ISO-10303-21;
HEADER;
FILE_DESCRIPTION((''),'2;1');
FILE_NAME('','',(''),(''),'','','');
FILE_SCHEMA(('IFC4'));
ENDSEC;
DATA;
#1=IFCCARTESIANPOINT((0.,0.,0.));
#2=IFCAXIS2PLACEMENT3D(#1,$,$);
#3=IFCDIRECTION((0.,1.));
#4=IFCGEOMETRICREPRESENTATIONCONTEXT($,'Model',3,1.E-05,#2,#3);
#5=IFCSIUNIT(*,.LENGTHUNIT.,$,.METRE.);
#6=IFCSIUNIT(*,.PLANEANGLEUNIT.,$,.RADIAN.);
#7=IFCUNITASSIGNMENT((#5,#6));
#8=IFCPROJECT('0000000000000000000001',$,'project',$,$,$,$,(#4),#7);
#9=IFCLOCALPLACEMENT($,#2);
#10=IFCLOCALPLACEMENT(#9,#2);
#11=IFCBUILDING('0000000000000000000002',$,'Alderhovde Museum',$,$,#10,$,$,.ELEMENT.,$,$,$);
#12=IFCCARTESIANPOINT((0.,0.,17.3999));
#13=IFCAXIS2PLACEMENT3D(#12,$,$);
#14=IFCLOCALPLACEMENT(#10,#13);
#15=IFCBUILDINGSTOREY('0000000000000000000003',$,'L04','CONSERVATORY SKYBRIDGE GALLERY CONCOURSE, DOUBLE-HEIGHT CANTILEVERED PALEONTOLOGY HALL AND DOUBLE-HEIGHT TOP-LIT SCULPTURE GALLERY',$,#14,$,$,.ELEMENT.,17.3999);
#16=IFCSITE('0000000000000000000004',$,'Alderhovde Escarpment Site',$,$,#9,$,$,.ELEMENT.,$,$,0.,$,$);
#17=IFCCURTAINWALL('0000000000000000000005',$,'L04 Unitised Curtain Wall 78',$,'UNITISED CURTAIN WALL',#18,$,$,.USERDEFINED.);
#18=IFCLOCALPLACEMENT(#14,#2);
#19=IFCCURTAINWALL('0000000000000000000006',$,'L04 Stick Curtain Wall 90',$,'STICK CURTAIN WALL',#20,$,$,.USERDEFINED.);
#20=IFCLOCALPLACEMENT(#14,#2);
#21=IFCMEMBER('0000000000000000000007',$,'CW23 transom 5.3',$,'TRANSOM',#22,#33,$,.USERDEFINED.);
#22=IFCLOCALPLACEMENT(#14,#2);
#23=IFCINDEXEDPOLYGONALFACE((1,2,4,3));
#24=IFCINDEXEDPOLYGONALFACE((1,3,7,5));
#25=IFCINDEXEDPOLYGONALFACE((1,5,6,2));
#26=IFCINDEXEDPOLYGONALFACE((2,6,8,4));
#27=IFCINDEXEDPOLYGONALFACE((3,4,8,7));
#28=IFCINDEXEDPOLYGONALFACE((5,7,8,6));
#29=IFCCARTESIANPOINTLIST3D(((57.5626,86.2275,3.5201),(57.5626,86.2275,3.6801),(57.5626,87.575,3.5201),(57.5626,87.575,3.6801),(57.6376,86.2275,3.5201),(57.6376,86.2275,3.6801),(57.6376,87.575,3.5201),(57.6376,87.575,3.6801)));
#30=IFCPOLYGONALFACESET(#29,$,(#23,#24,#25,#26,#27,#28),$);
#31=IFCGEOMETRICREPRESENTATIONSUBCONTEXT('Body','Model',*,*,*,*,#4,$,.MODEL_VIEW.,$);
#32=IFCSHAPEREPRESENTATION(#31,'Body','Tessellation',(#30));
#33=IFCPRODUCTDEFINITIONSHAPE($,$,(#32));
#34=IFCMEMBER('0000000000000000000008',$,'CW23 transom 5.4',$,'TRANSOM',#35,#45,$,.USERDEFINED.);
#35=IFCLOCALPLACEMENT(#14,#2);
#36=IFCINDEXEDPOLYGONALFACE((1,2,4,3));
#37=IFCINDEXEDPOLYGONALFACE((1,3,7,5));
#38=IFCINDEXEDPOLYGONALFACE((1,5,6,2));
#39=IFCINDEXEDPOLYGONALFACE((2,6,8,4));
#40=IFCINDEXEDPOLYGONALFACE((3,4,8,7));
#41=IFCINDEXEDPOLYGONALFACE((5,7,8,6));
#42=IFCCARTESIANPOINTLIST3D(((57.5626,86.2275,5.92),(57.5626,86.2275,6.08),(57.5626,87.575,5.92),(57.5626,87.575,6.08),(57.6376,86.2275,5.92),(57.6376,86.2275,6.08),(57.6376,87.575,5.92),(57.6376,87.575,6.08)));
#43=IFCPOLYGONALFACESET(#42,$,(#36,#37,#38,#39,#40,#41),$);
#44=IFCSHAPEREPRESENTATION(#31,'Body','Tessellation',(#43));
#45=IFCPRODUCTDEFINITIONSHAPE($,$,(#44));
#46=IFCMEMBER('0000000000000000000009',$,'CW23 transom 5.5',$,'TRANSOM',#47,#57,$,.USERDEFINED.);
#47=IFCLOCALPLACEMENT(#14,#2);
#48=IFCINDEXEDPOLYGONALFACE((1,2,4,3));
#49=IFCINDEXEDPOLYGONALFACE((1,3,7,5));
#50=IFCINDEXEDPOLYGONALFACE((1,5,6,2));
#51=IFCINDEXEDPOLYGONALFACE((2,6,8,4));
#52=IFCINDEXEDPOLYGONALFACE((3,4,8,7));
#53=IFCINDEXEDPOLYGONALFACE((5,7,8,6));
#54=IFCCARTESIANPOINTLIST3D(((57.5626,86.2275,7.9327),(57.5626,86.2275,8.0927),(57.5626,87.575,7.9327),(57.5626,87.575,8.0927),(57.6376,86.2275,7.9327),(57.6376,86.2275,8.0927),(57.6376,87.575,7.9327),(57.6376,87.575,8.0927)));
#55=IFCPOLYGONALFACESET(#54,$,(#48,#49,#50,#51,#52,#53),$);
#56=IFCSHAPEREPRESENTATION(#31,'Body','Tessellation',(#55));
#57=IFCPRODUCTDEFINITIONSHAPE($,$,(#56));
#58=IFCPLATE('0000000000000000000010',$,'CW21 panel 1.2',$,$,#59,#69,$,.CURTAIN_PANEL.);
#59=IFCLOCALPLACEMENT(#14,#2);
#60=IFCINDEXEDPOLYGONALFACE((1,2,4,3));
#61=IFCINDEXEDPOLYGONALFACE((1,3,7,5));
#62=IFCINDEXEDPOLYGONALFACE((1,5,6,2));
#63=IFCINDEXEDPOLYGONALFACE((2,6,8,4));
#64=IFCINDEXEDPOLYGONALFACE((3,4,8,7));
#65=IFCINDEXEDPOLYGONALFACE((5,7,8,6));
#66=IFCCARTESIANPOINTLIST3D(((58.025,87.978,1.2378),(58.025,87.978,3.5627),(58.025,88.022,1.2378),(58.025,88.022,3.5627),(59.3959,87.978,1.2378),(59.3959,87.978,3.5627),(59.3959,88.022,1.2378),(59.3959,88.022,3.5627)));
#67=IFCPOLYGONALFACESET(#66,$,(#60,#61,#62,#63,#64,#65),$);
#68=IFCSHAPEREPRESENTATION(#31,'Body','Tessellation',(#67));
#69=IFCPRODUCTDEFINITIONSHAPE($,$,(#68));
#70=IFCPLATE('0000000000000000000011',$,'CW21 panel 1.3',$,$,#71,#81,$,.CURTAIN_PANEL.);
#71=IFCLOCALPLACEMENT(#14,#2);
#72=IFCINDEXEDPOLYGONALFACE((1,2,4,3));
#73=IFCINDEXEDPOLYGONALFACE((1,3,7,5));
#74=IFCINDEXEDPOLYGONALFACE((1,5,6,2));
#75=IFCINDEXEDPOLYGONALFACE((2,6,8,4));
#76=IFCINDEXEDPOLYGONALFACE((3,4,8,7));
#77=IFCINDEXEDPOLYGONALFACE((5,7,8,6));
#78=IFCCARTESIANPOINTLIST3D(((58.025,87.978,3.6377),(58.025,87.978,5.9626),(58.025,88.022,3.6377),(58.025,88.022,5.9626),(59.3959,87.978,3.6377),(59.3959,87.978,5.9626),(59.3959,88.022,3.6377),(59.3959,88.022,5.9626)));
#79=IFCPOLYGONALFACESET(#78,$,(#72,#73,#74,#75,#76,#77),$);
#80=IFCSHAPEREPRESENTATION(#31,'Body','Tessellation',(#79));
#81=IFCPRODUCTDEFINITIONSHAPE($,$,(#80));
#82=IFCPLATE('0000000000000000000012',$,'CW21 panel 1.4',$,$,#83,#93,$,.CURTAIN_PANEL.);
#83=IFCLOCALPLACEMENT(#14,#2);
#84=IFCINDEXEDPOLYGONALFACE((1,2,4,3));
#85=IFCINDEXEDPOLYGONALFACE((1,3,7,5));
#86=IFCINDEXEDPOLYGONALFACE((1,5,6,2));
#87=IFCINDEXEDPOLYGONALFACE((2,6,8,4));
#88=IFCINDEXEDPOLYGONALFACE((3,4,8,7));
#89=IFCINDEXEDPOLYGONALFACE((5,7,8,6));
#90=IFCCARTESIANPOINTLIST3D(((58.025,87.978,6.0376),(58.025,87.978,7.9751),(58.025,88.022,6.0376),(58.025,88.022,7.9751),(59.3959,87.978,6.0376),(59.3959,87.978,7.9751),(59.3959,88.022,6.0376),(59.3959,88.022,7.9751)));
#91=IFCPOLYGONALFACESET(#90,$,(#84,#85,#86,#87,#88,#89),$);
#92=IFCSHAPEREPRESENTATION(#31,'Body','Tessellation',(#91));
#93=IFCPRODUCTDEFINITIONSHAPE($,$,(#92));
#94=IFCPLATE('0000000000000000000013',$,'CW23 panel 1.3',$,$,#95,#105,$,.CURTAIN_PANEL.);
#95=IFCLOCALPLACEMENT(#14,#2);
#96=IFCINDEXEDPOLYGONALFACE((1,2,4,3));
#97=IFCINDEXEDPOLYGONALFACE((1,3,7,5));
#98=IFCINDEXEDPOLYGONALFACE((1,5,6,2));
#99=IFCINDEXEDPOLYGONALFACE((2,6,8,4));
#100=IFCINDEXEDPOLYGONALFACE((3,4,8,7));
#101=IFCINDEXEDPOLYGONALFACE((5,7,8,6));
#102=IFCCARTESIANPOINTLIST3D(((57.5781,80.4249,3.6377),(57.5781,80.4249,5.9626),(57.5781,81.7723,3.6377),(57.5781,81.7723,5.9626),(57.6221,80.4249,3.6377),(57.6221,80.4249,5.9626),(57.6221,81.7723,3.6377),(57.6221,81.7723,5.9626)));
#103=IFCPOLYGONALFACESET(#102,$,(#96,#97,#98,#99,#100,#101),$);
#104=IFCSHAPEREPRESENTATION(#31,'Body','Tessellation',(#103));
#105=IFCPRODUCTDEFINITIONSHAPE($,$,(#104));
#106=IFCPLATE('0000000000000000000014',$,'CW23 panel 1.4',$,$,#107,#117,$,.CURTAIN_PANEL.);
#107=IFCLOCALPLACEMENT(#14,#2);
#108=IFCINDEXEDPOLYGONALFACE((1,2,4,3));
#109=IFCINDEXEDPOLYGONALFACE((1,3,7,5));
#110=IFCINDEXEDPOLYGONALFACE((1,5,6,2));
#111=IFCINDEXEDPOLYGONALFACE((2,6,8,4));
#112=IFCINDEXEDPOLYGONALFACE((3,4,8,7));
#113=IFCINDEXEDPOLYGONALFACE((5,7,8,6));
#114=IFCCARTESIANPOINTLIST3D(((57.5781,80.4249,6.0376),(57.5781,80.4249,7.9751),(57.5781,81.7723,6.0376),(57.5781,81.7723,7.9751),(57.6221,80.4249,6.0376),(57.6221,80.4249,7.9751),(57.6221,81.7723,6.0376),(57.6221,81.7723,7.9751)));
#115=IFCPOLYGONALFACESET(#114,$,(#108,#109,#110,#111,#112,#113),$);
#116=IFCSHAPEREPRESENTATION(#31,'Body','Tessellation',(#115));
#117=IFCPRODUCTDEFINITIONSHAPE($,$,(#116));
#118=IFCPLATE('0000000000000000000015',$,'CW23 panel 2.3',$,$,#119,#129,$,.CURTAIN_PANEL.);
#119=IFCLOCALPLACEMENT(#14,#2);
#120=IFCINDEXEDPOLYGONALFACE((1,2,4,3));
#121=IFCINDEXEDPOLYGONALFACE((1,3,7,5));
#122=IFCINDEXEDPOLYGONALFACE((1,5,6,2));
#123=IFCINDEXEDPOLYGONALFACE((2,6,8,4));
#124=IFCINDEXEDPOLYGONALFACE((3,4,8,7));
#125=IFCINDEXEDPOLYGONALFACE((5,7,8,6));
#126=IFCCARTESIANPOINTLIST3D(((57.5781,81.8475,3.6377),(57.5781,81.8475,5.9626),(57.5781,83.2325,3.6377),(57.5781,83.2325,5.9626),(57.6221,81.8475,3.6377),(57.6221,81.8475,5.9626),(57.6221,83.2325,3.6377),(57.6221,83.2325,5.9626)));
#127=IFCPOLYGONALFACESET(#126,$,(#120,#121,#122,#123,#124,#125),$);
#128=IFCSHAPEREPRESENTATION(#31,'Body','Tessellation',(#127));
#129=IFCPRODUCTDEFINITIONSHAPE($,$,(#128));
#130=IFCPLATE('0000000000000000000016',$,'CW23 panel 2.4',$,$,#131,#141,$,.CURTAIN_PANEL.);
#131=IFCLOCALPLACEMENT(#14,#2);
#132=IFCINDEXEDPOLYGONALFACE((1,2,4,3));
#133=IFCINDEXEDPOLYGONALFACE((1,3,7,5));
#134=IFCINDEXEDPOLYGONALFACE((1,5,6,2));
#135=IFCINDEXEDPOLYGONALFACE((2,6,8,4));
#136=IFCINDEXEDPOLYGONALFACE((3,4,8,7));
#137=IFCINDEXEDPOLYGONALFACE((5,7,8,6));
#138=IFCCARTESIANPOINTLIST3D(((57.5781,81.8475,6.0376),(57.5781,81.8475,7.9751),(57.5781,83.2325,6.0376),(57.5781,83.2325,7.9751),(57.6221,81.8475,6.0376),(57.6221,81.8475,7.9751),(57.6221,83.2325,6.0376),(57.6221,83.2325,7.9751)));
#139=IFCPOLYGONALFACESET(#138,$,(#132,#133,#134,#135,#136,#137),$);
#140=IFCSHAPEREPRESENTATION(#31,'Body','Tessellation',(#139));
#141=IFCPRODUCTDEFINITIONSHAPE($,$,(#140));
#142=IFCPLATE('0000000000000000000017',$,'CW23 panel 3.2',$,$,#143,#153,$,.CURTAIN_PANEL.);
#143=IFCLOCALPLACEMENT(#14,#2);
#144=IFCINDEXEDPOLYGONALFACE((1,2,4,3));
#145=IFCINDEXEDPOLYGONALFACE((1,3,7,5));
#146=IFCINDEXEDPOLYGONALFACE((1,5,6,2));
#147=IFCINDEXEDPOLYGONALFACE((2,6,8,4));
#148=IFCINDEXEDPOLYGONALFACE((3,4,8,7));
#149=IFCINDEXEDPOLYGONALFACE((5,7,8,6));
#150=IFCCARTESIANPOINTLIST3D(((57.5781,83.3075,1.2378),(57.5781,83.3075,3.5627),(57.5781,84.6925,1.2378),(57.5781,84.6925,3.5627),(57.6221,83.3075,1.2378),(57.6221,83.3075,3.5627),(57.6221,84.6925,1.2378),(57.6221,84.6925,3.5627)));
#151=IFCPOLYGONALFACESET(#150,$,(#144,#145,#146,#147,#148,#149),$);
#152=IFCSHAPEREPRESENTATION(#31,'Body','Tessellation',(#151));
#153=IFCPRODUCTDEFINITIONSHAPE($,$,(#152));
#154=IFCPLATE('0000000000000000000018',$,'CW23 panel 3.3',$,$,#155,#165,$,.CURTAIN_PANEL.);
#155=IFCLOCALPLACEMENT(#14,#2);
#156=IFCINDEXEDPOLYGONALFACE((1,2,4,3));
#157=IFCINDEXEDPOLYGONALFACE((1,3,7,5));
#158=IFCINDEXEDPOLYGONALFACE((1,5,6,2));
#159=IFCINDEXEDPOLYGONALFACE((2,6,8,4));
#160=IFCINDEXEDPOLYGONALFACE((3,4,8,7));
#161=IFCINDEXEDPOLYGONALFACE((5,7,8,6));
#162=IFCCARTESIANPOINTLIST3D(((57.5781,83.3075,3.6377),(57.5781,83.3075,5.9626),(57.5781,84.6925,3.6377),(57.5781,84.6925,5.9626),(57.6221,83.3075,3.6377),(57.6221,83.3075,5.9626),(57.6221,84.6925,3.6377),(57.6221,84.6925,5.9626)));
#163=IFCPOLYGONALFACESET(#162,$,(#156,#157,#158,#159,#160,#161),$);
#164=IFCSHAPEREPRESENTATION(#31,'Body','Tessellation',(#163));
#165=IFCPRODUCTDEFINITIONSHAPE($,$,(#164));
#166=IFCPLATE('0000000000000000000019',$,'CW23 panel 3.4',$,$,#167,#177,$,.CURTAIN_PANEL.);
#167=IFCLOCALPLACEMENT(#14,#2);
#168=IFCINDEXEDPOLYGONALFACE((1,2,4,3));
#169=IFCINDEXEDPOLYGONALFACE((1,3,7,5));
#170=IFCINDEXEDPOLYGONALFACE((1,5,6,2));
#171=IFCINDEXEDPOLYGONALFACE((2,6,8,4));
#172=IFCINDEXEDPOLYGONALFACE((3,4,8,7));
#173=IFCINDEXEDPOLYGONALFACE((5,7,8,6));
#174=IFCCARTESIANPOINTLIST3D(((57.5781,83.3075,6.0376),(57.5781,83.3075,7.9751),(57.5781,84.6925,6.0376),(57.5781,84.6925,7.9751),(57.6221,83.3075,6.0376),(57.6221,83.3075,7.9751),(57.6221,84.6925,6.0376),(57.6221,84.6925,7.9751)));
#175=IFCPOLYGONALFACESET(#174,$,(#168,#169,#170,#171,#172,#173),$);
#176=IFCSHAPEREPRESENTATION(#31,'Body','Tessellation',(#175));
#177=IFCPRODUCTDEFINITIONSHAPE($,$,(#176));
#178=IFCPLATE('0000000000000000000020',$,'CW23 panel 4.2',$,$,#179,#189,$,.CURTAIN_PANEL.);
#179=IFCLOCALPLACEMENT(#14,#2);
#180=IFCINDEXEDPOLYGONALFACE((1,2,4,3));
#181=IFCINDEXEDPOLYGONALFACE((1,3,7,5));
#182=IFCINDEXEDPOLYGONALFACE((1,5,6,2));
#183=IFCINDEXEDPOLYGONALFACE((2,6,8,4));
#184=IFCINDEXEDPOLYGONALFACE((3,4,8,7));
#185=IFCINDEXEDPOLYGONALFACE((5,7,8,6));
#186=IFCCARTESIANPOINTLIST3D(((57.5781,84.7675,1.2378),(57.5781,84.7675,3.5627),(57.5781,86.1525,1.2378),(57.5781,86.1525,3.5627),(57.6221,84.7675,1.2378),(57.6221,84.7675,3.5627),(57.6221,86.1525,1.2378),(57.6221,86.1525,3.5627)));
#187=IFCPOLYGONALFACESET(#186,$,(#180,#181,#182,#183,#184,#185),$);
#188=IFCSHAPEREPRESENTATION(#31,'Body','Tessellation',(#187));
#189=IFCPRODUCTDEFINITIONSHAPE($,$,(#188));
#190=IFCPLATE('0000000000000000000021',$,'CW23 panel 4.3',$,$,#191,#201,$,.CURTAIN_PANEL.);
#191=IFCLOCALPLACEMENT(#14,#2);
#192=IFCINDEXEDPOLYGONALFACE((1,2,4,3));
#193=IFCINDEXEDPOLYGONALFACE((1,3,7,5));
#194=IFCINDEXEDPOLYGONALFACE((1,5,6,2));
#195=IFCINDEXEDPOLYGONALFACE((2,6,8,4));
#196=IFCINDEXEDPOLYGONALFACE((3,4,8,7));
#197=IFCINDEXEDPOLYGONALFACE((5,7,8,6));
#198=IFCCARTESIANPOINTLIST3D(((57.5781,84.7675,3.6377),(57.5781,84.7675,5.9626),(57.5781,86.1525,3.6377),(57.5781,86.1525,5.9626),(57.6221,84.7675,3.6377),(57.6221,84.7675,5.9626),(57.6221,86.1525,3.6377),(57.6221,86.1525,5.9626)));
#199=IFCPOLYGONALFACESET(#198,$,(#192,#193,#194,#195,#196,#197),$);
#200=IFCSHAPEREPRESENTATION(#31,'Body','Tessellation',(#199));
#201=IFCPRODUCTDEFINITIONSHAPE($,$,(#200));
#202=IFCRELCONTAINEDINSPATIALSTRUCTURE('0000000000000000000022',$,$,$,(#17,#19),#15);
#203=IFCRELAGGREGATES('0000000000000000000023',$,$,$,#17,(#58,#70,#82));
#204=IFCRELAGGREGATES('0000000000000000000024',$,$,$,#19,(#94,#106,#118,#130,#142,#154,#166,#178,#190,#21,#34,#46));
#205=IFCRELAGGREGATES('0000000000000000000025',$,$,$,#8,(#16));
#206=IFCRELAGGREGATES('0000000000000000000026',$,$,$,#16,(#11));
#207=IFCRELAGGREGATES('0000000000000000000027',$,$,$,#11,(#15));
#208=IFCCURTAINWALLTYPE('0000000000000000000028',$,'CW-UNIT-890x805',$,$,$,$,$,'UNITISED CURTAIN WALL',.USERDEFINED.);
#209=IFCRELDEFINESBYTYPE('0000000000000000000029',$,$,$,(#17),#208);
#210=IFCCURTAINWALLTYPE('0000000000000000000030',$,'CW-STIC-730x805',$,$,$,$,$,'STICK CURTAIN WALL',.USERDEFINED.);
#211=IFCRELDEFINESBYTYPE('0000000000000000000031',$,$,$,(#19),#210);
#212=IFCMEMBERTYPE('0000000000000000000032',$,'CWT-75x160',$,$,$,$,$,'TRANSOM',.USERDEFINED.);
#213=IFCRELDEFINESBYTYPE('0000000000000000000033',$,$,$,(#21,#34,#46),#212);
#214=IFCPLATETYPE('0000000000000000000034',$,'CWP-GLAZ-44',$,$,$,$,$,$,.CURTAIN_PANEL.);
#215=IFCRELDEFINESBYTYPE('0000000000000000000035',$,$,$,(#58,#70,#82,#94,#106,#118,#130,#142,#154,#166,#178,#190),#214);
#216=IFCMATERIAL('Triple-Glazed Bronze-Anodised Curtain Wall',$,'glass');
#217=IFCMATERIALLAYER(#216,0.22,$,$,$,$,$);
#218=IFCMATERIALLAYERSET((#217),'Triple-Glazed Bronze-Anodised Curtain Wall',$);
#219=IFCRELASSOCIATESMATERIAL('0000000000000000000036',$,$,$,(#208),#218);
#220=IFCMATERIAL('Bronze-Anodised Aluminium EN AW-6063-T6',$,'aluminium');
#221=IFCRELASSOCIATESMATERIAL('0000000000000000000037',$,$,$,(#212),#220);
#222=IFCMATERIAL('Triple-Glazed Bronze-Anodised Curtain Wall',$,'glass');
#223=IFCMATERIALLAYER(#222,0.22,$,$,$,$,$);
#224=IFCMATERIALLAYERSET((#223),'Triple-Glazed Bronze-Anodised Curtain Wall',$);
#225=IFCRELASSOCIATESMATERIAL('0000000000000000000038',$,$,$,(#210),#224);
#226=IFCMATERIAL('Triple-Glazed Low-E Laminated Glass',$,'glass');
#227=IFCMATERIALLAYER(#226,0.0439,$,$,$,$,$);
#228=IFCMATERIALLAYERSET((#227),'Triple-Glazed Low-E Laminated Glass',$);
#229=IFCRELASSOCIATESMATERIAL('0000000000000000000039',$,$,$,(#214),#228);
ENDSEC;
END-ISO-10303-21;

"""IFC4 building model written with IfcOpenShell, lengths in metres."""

from ifc_helpers import new_model, si_unit, direction, frame, origin, origin_2d, place, context, subcontext, project, spatial, rectangle, extrude, material, layer, layer_set, material_profile, profile_set, type_object, element, aggregate, save


model = new_model("IFC4")

# Units and contexts
model_context = context("Model", 3, precision=1e-05, world=origin(), true_north=direction((0.0, 1.0)))
body_context = subcontext(model_context, "Body", "Model", "MODEL_VIEW")
ifc_project = project(units=[si_unit("LENGTHUNIT", "METRE"), si_unit("PLANEANGLEUNIT", "RADIAN")], contexts=[model_context])

# Site, building, storey
site_placement = place(None, origin())
site = spatial("IfcSite", under=ifc_project, at=site_placement, Name="Alderhovde Escarpment Site", CompositionType="ELEMENT", RefElevation=0.0)
building_placement = place(site_placement, origin())
building = spatial("IfcBuilding", under=site, at=building_placement, Name="Alderhovde Museum", CompositionType="ELEMENT")
storey_placement = place(building_placement, frame((0.0, 0.0, 17.3999)))
storey = spatial("IfcBuildingStorey", under=building, at=storey_placement, Name="L04", Description="CONSERVATORY SKYBRIDGE GALLERY CONCOURSE, DOUBLE-HEIGHT CANTILEVERED PALEONTOLOGY HALL AND DOUBLE-HEIGHT TOP-LIT SCULPTURE GALLERY", CompositionType="ELEMENT", Elevation=17.3999)

# Curtain walls, members
ifc_material_1 = material(Name="Triple-Glazed Bronze-Anodised Curtain Wall", Category="glass")
ifc_layer_1 = layer(ifc_material_1, 0.22)
ifc_layer_set_1 = layer_set([ifc_layer_1], Name="Triple-Glazed Bronze-Anodised Curtain Wall")
curtain_wall_type_1 = type_object("IfcCurtainWallType", Name="CW-UNIT-890x805", ElementType="UNITISED CURTAIN WALL", PredefinedType="USERDEFINED", material=ifc_layer_set_1)
curtain_wall_1_placement = place(storey_placement, origin())
curtain_wall_1 = element("IfcCurtainWall", 1, at=curtain_wall_1_placement, inside=storey, type_object=curtain_wall_type_1, Name="L04 Unitised Curtain Wall 78", ObjectType="UNITISED CURTAIN WALL", PredefinedType="USERDEFINED")
ifc_material_2 = material(Name="Bronze-Anodised Aluminium EN AW-6063-T6", Category="aluminium")
ifc_material_profile = material_profile(ifc_material_2, rectangle(XDim=0.075, YDim=0.1599, at=origin_2d()), Name="TRANSOM 75x160")
ifc_profile_set = profile_set([ifc_material_profile], Name="Bronze-Anodised Aluminium EN AW-6063-T6")
member_type = type_object("IfcMemberType", Name="CWT-75x160", ElementType="TRANSOM", PredefinedType="USERDEFINED", material=ifc_profile_set)
ifc_material_3 = material(Name="Triple-Glazed Bronze-Anodised Curtain Wall", Category="glass")
ifc_layer_2 = layer(ifc_material_3, 0.22)
ifc_layer_set_2 = layer_set([ifc_layer_2], Name="Triple-Glazed Bronze-Anodised Curtain Wall")
curtain_wall_type_2 = type_object("IfcCurtainWallType", Name="CW-STIC-730x805", ElementType="STICK CURTAIN WALL", PredefinedType="USERDEFINED", material=ifc_layer_set_2)
curtain_wall_2_placement = place(storey_placement, origin())
curtain_wall_2 = element("IfcCurtainWall", 2, at=curtain_wall_2_placement, inside=storey, type_object=curtain_wall_type_2, Name="L04 Stick Curtain Wall 90", ObjectType="STICK CURTAIN WALL", PredefinedType="USERDEFINED")
member_1_placement = place(storey_placement, frame((57.6001, 86.2275, 3.6001), z_axis=(0.0, 1.0, 0.0), x_axis=(-1.0, 0.0, 0.0)))
member_1 = element("IfcMember", 3, at=member_1_placement, type_object=member_type, Name="CW23 transom 5.3", ObjectType="TRANSOM", PredefinedType="USERDEFINED", context=body_context, shape_type="SweptSolid", body=[
    extrude(rectangle(XDim=0.075, YDim=0.1599, at=origin_2d()), origin(), (0.0, 0.0, 1.0), 1.3474),
])
member_2_placement = place(storey_placement, frame((57.6001, 86.2275, 6.0), z_axis=(0.0, 1.0, 0.0), x_axis=(-1.0, 0.0, 0.0)))
member_2 = element("IfcMember", 4, at=member_2_placement, type_object=member_type, Name="CW23 transom 5.4", ObjectType="TRANSOM", PredefinedType="USERDEFINED", context=body_context, shape_type="SweptSolid", body=[
    extrude(rectangle(XDim=0.075, YDim=0.1599, at=origin_2d()), origin(), (0.0, 0.0, 1.0), 1.3474),
])
member_3_placement = place(storey_placement, frame((57.6001, 86.2275, 8.0127), z_axis=(0.0, 1.0, 0.0), x_axis=(-1.0, 0.0, 0.0)))
member_3 = element("IfcMember", 5, at=member_3_placement, type_object=member_type, Name="CW23 transom 5.5", ObjectType="TRANSOM", PredefinedType="USERDEFINED", context=body_context, shape_type="SweptSolid", body=[
    extrude(rectangle(XDim=0.075, YDim=0.1599, at=origin_2d()), origin(), (0.0, 0.0, 1.0), 1.3474),
])

# Plates
ifc_material_4 = material(Name="Triple-Glazed Low-E Laminated Glass", Category="glass")
ifc_layer_3 = layer(ifc_material_4, 0.0439)
ifc_layer_set_3 = layer_set([ifc_layer_3], Name="Triple-Glazed Low-E Laminated Glass")
plate_type = type_object("IfcPlateType", Name="CWP-GLAZ-44", PredefinedType="CURTAIN_PANEL", material=ifc_layer_set_3)
plate_1_placement = place(storey_placement, frame((58.7104, 88.0, 1.2378), z_axis=(0.0, 0.0, 1.0), x_axis=(1.0, 0.0, 0.0)))
plate_1 = element("IfcPlate", 6, at=plate_1_placement, type_object=plate_type, Name="CW21 panel 1.2", PredefinedType="CURTAIN_PANEL", context=body_context, shape_type="SweptSolid", body=[
    extrude(rectangle(XDim=1.3708, YDim=0.0439, at=origin_2d()), origin(), (0.0, 0.0, 1.0), 2.325),
])
plate_2_placement = place(storey_placement, frame((58.7104, 88.0, 3.6377), z_axis=(0.0, 0.0, 1.0), x_axis=(1.0, 0.0, 0.0)))
plate_2 = element("IfcPlate", 7, at=plate_2_placement, type_object=plate_type, Name="CW21 panel 1.3", PredefinedType="CURTAIN_PANEL", context=body_context, shape_type="SweptSolid", body=[
    extrude(rectangle(XDim=1.3708, YDim=0.0439, at=origin_2d()), origin(), (0.0, 0.0, 1.0), 2.325),
])
plate_3_placement = place(storey_placement, frame((58.7104, 88.0, 6.0376), z_axis=(0.0, 0.0, 1.0), x_axis=(1.0, 0.0, 0.0)))
plate_3 = element("IfcPlate", 8, at=plate_3_placement, type_object=plate_type, Name="CW21 panel 1.4", PredefinedType="CURTAIN_PANEL", context=body_context, shape_type="SweptSolid", body=[
    extrude(rectangle(XDim=1.3708, YDim=0.0439, at=origin_2d()), origin(), (0.0, 0.0, 1.0), 1.9375),
])
aggregate(curtain_wall_1, [plate_1, plate_2, plate_3])
plate_4_placement = place(storey_placement, frame((57.6001, 81.0986, 3.6377), z_axis=(0.0, 0.0, 1.0), x_axis=(0.0, 1.0, 0.0)))
plate_4 = element("IfcPlate", 9, at=plate_4_placement, type_object=plate_type, Name="CW23 panel 1.3", PredefinedType="CURTAIN_PANEL", context=body_context, shape_type="SweptSolid", body=[
    extrude(rectangle(XDim=1.3474, YDim=0.0439, at=origin_2d()), origin(), (0.0, 0.0, 1.0), 2.325),
])
plate_5_placement = place(storey_placement, frame((57.6001, 81.0986, 6.0376), z_axis=(0.0, 0.0, 1.0), x_axis=(0.0, 1.0, 0.0)))
plate_5 = element("IfcPlate", 10, at=plate_5_placement, type_object=plate_type, Name="CW23 panel 1.4", PredefinedType="CURTAIN_PANEL", context=body_context, shape_type="SweptSolid", body=[
    extrude(rectangle(XDim=1.3474, YDim=0.0439, at=origin_2d()), origin(), (0.0, 0.0, 1.0), 1.9375),
])
plate_6_placement = place(storey_placement, frame((57.6001, 82.54, 3.6377), z_axis=(0.0, 0.0, 1.0), x_axis=(0.0, 1.0, 0.0)))
plate_6 = element("IfcPlate", 11, at=plate_6_placement, type_object=plate_type, Name="CW23 panel 2.3", PredefinedType="CURTAIN_PANEL", context=body_context, shape_type="SweptSolid", body=[
    extrude(rectangle(XDim=1.385, YDim=0.0439, at=origin_2d()), origin(), (0.0, 0.0, 1.0), 2.325),
])
plate_7_placement = place(storey_placement, frame((57.6001, 82.54, 6.0376), z_axis=(0.0, 0.0, 1.0), x_axis=(0.0, 1.0, 0.0)))
plate_7 = element("IfcPlate", 12, at=plate_7_placement, type_object=plate_type, Name="CW23 panel 2.4", PredefinedType="CURTAIN_PANEL", context=body_context, shape_type="SweptSolid", body=[
    extrude(rectangle(XDim=1.385, YDim=0.0439, at=origin_2d()), origin(), (0.0, 0.0, 1.0), 1.9375),
])
plate_8_placement = place(storey_placement, frame((57.6001, 84.0, 1.2378), z_axis=(0.0, 0.0, 1.0), x_axis=(0.0, 1.0, 0.0)))
plate_8 = element("IfcPlate", 13, at=plate_8_placement, type_object=plate_type, Name="CW23 panel 3.2", PredefinedType="CURTAIN_PANEL", context=body_context, shape_type="SweptSolid", body=[
    extrude(rectangle(XDim=1.385, YDim=0.0439, at=origin_2d()), origin(), (0.0, 0.0, 1.0), 2.325),
])
plate_9_placement = place(storey_placement, frame((57.6001, 84.0, 3.6377), z_axis=(0.0, 0.0, 1.0), x_axis=(0.0, 1.0, 0.0)))
plate_9 = element("IfcPlate", 14, at=plate_9_placement, type_object=plate_type, Name="CW23 panel 3.3", PredefinedType="CURTAIN_PANEL", context=body_context, shape_type="SweptSolid", body=[
    extrude(rectangle(XDim=1.385, YDim=0.0439, at=origin_2d()), origin(), (0.0, 0.0, 1.0), 2.325),
])
plate_10_placement = place(storey_placement, frame((57.6001, 84.0, 6.0376), z_axis=(0.0, 0.0, 1.0), x_axis=(0.0, 1.0, 0.0)))
plate_10 = element("IfcPlate", 15, at=plate_10_placement, type_object=plate_type, Name="CW23 panel 3.4", PredefinedType="CURTAIN_PANEL", context=body_context, shape_type="SweptSolid", body=[
    extrude(rectangle(XDim=1.385, YDim=0.0439, at=origin_2d()), origin(), (0.0, 0.0, 1.0), 1.9375),
])
plate_11_placement = place(storey_placement, frame((57.6001, 85.46, 1.2378), z_axis=(0.0, 0.0, 1.0), x_axis=(0.0, 1.0, 0.0)))
plate_11 = element("IfcPlate", 16, at=plate_11_placement, type_object=plate_type, Name="CW23 panel 4.2", PredefinedType="CURTAIN_PANEL", context=body_context, shape_type="SweptSolid", body=[
    extrude(rectangle(XDim=1.385, YDim=0.0439, at=origin_2d()), origin(), (0.0, 0.0, 1.0), 2.325),
])
plate_12_placement = place(storey_placement, frame((57.6001, 85.46, 3.6377), z_axis=(0.0, 0.0, 1.0), x_axis=(0.0, 1.0, 0.0)))
plate_12 = element("IfcPlate", 17, at=plate_12_placement, type_object=plate_type, Name="CW23 panel 4.3", PredefinedType="CURTAIN_PANEL", context=body_context, shape_type="SweptSolid", body=[
    extrude(rectangle(XDim=1.385, YDim=0.0439, at=origin_2d()), origin(), (0.0, 0.0, 1.0), 2.325),
])
aggregate(curtain_wall_2, [plate_4, plate_5, plate_6, plate_7, plate_8, plate_9, plate_10, plate_11, plate_12, member_1, member_2, member_3])

save(model, "model.ifc")
